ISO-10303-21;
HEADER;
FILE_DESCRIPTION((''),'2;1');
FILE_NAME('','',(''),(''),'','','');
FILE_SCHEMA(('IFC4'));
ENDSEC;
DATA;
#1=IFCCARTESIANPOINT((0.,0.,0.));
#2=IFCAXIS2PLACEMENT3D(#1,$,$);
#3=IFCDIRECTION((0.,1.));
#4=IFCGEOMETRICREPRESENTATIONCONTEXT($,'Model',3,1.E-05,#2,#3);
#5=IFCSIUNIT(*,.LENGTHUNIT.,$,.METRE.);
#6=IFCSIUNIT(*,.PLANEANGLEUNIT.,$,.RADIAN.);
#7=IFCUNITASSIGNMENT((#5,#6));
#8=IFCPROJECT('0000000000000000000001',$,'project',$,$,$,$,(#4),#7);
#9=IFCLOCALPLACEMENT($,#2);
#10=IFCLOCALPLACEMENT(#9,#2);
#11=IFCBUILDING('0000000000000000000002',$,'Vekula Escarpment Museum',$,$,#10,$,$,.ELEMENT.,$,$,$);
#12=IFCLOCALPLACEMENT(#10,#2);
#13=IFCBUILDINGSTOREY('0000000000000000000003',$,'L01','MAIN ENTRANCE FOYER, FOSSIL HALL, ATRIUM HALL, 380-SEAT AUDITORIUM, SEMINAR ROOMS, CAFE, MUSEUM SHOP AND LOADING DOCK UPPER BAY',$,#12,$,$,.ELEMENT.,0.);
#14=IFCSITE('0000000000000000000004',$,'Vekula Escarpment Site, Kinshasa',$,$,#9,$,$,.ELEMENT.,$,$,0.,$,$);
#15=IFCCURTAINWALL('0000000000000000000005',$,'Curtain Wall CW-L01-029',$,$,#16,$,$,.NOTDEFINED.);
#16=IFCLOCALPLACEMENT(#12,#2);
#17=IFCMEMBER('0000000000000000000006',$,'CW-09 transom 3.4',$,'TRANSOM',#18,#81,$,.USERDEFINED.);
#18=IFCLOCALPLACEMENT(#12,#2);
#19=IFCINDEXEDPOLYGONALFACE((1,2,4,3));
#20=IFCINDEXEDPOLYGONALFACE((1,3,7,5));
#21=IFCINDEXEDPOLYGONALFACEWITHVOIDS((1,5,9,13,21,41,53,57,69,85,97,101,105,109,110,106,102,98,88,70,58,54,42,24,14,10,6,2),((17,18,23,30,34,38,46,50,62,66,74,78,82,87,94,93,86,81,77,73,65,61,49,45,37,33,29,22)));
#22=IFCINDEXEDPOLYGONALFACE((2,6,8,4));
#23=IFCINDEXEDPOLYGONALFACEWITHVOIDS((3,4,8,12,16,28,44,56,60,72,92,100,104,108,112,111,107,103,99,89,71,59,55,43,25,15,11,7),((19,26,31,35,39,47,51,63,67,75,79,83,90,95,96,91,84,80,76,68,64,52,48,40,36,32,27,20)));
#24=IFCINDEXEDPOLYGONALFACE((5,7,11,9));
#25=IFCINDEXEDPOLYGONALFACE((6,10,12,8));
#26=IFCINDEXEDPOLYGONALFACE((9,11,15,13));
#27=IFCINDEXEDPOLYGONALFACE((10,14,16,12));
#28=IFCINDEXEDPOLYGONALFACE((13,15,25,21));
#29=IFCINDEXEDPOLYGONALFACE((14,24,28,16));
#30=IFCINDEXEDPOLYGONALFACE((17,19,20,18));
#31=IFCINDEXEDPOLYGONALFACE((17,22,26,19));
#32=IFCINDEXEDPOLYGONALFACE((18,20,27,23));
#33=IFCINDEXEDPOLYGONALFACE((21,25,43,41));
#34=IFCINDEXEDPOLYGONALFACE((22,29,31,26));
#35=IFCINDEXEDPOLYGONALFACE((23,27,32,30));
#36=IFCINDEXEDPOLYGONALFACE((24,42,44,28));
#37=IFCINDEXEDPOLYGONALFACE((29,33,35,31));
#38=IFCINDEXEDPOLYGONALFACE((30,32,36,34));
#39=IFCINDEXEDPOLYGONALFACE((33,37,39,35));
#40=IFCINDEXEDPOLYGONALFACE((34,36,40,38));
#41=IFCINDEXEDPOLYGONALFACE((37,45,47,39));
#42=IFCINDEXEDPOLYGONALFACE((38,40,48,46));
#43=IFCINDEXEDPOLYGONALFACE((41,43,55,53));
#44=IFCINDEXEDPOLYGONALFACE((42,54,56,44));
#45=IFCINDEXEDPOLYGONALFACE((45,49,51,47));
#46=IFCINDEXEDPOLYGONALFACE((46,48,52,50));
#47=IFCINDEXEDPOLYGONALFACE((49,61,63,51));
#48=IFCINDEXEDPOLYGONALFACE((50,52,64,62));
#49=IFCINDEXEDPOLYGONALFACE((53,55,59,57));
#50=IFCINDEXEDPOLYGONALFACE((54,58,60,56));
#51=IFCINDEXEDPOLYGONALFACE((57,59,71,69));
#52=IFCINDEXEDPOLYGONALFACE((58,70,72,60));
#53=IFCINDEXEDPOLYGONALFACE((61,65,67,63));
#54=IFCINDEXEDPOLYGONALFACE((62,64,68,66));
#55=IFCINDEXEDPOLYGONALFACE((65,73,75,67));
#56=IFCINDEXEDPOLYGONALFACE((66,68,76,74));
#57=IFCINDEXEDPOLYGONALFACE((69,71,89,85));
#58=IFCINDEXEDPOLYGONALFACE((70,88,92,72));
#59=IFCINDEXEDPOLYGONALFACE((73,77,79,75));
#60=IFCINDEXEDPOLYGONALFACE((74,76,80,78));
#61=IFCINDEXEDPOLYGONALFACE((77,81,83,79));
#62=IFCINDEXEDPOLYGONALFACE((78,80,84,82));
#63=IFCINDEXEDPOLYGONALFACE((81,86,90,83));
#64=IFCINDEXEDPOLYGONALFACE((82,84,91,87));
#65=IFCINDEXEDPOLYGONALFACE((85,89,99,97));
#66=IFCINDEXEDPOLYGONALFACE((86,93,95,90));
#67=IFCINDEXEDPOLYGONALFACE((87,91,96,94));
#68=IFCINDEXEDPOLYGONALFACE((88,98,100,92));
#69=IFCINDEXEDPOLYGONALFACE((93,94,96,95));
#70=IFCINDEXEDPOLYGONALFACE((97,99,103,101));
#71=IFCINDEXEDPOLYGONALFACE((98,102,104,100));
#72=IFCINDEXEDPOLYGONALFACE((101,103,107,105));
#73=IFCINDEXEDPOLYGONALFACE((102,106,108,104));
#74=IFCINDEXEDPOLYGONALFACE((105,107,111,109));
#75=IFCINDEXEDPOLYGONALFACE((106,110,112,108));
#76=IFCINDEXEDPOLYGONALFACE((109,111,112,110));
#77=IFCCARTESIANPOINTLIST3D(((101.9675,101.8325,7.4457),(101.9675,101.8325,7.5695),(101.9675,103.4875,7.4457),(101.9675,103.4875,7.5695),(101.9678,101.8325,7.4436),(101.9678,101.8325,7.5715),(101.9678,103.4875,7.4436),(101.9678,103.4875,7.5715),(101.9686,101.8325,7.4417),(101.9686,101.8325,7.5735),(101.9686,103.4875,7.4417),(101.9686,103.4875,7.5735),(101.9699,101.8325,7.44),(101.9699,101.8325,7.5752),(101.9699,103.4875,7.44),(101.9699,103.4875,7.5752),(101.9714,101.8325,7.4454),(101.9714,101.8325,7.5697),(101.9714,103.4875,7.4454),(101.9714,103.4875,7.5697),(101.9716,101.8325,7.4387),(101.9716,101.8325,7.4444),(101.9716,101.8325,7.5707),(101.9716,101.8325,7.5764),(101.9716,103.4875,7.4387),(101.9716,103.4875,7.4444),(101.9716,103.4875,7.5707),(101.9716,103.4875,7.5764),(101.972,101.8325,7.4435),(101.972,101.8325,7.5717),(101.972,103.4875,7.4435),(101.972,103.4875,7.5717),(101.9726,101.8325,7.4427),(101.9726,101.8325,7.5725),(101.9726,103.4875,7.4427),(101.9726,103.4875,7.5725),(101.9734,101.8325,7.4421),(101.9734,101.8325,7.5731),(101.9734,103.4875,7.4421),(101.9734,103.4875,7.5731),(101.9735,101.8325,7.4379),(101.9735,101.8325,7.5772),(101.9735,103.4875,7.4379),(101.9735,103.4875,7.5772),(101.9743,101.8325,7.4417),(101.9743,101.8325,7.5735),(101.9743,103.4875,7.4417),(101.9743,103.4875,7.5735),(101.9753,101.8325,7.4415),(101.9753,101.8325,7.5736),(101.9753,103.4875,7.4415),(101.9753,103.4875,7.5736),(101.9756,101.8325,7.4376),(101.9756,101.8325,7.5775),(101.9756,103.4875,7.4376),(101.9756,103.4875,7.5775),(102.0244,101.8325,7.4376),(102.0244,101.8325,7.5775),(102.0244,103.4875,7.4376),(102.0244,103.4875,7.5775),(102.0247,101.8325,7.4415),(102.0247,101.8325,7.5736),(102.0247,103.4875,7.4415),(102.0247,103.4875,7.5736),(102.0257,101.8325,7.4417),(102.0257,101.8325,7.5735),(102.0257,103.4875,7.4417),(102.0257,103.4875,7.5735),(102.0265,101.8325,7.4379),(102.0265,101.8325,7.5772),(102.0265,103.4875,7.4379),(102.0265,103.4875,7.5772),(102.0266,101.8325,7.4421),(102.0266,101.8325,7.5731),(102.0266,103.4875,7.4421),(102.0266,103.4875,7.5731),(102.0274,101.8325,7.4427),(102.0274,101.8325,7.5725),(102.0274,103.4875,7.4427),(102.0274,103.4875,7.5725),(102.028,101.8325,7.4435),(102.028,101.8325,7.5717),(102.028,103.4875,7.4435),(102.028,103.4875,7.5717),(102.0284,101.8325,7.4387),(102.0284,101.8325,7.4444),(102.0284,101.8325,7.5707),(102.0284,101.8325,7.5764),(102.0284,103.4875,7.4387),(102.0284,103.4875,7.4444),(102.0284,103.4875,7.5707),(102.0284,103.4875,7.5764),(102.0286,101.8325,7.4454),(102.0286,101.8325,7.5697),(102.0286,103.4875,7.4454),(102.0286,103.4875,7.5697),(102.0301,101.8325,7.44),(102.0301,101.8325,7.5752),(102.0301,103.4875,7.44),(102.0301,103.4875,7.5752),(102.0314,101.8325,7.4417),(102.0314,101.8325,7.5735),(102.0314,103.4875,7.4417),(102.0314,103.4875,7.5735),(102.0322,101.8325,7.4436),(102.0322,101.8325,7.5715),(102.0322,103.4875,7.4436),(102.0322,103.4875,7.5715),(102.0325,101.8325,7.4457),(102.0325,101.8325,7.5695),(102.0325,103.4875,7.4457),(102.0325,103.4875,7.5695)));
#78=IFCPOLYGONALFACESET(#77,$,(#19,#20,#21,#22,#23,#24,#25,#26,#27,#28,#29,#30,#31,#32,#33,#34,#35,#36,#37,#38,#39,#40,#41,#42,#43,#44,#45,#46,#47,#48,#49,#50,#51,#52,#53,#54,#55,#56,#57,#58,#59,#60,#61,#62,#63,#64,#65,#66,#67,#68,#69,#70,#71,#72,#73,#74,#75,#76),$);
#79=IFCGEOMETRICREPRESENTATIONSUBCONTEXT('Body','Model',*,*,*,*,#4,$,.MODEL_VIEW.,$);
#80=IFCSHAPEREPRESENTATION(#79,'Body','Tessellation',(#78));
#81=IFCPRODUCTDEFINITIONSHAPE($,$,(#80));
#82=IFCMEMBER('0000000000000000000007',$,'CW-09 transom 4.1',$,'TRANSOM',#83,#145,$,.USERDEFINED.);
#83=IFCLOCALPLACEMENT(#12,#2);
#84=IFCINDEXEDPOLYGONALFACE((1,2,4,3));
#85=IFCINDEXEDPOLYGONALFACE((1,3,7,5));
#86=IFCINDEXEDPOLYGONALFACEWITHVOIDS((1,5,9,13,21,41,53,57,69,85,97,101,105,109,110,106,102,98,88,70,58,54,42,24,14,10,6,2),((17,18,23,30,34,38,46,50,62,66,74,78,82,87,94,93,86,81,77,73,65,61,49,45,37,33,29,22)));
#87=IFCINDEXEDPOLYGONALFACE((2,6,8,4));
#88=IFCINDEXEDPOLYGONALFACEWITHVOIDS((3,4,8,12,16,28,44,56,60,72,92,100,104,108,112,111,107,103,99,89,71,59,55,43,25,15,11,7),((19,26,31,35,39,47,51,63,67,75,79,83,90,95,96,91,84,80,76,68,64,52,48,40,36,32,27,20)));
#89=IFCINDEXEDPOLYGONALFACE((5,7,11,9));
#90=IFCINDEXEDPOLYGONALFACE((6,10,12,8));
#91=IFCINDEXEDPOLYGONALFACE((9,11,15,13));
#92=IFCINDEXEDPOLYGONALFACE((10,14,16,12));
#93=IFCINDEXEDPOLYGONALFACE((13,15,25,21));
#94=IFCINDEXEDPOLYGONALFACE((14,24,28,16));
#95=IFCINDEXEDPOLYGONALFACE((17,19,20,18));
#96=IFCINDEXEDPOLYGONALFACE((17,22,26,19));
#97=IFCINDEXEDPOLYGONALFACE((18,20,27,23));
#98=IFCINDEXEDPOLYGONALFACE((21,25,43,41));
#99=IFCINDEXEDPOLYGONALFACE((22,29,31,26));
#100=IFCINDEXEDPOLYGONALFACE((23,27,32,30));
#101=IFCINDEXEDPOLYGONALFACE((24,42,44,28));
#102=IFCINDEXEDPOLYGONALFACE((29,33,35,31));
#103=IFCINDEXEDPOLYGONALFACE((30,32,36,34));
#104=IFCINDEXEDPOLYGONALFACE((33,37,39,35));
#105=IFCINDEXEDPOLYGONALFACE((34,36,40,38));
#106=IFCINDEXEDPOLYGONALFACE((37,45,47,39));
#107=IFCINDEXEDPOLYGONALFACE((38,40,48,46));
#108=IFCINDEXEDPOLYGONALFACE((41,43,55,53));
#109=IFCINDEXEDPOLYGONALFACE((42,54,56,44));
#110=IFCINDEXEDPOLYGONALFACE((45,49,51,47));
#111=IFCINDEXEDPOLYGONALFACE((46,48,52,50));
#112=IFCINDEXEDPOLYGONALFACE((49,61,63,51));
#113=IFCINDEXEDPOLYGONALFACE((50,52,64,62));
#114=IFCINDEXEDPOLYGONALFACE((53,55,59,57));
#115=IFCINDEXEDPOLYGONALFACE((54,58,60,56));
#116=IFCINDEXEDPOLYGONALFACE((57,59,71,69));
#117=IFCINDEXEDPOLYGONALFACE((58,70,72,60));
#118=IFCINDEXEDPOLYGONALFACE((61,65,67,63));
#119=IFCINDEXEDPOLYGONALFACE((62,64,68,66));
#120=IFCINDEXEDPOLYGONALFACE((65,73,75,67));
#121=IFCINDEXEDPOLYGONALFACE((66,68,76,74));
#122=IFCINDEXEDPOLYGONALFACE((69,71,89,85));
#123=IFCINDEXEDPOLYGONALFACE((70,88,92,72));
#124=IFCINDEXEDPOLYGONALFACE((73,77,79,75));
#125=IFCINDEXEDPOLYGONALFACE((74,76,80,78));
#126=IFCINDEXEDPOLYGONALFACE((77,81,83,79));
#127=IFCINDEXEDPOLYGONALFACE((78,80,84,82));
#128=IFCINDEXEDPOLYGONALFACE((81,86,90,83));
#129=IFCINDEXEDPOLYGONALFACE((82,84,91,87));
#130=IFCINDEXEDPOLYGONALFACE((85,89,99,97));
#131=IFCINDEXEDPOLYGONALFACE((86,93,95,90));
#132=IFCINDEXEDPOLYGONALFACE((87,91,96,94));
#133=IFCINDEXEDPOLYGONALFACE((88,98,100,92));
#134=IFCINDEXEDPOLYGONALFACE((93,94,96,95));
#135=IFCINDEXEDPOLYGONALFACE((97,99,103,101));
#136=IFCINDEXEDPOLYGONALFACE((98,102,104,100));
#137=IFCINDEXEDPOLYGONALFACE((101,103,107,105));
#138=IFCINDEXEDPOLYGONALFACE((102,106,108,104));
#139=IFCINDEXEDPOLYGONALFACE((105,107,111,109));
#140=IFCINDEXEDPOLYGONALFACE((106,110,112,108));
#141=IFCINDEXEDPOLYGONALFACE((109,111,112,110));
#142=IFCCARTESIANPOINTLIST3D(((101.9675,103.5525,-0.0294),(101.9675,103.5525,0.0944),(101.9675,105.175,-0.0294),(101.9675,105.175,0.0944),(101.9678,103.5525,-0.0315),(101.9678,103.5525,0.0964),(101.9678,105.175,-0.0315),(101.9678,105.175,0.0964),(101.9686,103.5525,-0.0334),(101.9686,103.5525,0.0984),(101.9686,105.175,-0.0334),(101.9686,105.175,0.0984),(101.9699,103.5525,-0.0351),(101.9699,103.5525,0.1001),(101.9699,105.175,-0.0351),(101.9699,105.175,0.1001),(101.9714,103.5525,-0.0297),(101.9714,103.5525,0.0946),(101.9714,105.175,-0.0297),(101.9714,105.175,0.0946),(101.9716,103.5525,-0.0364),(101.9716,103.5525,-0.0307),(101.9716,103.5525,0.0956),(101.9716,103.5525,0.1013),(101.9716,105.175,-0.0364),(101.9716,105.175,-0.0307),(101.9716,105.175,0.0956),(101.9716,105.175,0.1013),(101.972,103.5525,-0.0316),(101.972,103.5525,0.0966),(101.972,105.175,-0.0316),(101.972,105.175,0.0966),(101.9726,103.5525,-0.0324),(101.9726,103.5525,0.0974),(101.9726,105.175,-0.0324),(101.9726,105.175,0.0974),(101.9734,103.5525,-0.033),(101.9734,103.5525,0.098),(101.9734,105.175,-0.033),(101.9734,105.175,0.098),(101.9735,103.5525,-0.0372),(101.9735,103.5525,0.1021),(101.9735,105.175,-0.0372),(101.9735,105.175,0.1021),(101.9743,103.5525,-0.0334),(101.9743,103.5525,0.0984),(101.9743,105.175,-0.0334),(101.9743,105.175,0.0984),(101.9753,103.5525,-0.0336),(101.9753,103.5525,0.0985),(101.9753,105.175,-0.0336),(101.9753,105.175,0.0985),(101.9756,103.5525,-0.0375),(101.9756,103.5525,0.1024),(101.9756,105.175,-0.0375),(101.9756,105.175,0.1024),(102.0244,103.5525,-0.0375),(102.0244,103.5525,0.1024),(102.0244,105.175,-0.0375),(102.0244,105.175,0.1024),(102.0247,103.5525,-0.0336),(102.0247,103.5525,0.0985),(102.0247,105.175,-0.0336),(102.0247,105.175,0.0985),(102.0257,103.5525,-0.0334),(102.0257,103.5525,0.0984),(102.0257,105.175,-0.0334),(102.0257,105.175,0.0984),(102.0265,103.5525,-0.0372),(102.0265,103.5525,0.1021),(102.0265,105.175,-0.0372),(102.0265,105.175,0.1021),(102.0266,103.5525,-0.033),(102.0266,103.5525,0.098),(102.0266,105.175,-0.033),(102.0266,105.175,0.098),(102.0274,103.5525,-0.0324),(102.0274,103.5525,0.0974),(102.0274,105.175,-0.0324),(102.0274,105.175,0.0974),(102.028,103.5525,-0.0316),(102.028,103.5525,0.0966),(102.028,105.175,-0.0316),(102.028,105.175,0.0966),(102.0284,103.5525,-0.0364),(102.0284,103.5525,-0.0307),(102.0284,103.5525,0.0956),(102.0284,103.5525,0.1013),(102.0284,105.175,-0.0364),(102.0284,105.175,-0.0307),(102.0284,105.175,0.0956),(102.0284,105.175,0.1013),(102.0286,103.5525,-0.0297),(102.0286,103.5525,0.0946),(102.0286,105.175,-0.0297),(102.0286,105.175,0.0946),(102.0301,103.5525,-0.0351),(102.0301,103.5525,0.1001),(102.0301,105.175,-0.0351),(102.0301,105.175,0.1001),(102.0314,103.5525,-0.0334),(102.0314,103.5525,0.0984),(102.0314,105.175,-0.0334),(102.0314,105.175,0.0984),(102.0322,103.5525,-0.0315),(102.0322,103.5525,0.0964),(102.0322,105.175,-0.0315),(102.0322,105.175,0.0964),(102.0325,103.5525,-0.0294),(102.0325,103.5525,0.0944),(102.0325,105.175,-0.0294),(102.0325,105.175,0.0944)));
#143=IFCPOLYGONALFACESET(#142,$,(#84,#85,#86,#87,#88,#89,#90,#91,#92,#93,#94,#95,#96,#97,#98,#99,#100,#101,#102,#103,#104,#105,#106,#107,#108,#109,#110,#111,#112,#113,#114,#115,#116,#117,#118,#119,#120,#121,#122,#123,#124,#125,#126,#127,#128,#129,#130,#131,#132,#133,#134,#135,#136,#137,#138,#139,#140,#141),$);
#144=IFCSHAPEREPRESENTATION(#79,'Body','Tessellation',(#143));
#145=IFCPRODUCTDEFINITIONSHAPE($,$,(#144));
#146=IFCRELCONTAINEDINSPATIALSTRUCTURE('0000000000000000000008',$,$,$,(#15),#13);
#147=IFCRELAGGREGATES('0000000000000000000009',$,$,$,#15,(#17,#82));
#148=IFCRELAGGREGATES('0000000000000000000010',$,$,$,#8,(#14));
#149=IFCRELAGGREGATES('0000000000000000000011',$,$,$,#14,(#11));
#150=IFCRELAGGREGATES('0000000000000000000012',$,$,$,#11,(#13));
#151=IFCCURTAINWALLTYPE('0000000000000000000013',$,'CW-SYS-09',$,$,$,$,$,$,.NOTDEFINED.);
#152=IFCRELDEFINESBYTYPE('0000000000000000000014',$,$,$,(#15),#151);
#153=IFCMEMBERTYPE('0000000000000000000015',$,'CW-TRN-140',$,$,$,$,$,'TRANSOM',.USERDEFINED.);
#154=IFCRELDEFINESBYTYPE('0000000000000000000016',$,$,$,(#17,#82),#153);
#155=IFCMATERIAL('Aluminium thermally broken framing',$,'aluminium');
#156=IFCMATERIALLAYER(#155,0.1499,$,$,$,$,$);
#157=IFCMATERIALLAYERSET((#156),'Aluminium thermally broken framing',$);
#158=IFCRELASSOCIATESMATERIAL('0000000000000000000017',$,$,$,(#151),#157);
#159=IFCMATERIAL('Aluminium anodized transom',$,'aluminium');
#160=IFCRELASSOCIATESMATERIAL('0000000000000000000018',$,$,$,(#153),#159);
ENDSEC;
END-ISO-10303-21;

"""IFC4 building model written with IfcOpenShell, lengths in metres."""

from ifc_helpers import new_model, si_unit, direction, frame, origin, origin_2d, place, context, subcontext, project, spatial, hollow_rectangle, extrude, material, layer, layer_set, material_profile, profile_set, type_object, element, aggregate, save


model = new_model("IFC4")

# Units and contexts
model_context = context("Model", 3, precision=1e-05, world=origin(), true_north=direction((0.0, 1.0)))
body_context = subcontext(model_context, "Body", "Model", "MODEL_VIEW")
ifc_project = project(units=[si_unit("LENGTHUNIT", "METRE"), si_unit("PLANEANGLEUNIT", "RADIAN")], contexts=[model_context])

# Site, building, storey
site_placement = place(None, origin())
site = spatial("IfcSite", under=ifc_project, at=site_placement, Name="Vekula Escarpment Site, Kinshasa", CompositionType="ELEMENT", RefElevation=0.0)
building_placement = place(site_placement, origin())
building = spatial("IfcBuilding", under=site, at=building_placement, Name="Vekula Escarpment Museum", CompositionType="ELEMENT")
storey_placement = place(building_placement, origin())
storey = spatial("IfcBuildingStorey", under=building, at=storey_placement, Name="L01", Description="MAIN ENTRANCE FOYER, FOSSIL HALL, ATRIUM HALL, 380-SEAT AUDITORIUM, SEMINAR ROOMS, CAFE, MUSEUM SHOP AND LOADING DOCK UPPER BAY", CompositionType="ELEMENT", Elevation=0.0)

# Curtain wall
ifc_material_1 = material(Name="Aluminium thermally broken framing", Category="aluminium")
ifc_layer_1 = layer(ifc_material_1, 0.1499)
ifc_layer_set_1 = layer_set([ifc_layer_1], Name="Aluminium thermally broken framing")
curtain_wall_type_1 = type_object("IfcCurtainWallType", Name="CW-SYS-09", PredefinedType="NOTDEFINED", material=ifc_layer_set_1)
curtain_wall_1_placement = place(storey_placement, origin())
curtain_wall_1 = element("IfcCurtainWall", 1, at=curtain_wall_1_placement, inside=storey, type_object=curtain_wall_type_1, Name="Curtain Wall CW-L01-029", PredefinedType="NOTDEFINED")

# Members
ifc_material_2 = material(Name="Aluminium anodized transom", Category="aluminium")
ifc_material_profile_1 = material_profile(ifc_material_2, hollow_rectangle(XDim=0.0649, YDim=0.1399, WallThickness=0.0039, InnerFilletRadius=0.0039, OuterFilletRadius=0.0081, at=origin_2d()), Name="ALU 140x65x4")
ifc_profile_set_1 = profile_set([ifc_material_profile_1], Name="Aluminium anodized transom")
member_type_1 = type_object("IfcMemberType", Name="CW-TRN-140", ElementType="TRANSOM", PredefinedType="USERDEFINED", material=ifc_profile_set_1)
member_1_placement = place(storey_placement, frame((102.0, 101.8325, 7.5076), z_axis=(0.0, 1.0, 0.0), x_axis=(-1.0, 0.0, 0.0)))
member_1 = element("IfcMember", 2, at=member_1_placement, type_object=member_type_1, Name="CW-09 transom 3.4", ObjectType="TRANSOM", PredefinedType="USERDEFINED", context=body_context, shape_type="SweptSolid", body=[
    extrude(hollow_rectangle(XDim=0.0649, YDim=0.1399, WallThickness=0.0039, InnerFilletRadius=0.0039, OuterFilletRadius=0.0081, at=origin_2d()), origin(), (0.0, 0.0, 1.0), 1.655),
])
member_2_placement = place(storey_placement, frame((102.0, 103.5525, 0.0325), z_axis=(0.0, 1.0, 0.0), x_axis=(-1.0, 0.0, 0.0)))
member_2 = element("IfcMember", 3, at=member_2_placement, type_object=member_type_1, Name="CW-09 transom 4.1", ObjectType="TRANSOM", PredefinedType="USERDEFINED", context=body_context, shape_type="SweptSolid", body=[
    extrude(hollow_rectangle(XDim=0.0649, YDim=0.1399, WallThickness=0.0039, InnerFilletRadius=0.0039, OuterFilletRadius=0.0081, at=origin_2d()), origin(), (0.0, 0.0, 1.0), 1.6226),
])

aggregate(curtain_wall_1, [member_1, member_2])

save(model, "model.ifc")
